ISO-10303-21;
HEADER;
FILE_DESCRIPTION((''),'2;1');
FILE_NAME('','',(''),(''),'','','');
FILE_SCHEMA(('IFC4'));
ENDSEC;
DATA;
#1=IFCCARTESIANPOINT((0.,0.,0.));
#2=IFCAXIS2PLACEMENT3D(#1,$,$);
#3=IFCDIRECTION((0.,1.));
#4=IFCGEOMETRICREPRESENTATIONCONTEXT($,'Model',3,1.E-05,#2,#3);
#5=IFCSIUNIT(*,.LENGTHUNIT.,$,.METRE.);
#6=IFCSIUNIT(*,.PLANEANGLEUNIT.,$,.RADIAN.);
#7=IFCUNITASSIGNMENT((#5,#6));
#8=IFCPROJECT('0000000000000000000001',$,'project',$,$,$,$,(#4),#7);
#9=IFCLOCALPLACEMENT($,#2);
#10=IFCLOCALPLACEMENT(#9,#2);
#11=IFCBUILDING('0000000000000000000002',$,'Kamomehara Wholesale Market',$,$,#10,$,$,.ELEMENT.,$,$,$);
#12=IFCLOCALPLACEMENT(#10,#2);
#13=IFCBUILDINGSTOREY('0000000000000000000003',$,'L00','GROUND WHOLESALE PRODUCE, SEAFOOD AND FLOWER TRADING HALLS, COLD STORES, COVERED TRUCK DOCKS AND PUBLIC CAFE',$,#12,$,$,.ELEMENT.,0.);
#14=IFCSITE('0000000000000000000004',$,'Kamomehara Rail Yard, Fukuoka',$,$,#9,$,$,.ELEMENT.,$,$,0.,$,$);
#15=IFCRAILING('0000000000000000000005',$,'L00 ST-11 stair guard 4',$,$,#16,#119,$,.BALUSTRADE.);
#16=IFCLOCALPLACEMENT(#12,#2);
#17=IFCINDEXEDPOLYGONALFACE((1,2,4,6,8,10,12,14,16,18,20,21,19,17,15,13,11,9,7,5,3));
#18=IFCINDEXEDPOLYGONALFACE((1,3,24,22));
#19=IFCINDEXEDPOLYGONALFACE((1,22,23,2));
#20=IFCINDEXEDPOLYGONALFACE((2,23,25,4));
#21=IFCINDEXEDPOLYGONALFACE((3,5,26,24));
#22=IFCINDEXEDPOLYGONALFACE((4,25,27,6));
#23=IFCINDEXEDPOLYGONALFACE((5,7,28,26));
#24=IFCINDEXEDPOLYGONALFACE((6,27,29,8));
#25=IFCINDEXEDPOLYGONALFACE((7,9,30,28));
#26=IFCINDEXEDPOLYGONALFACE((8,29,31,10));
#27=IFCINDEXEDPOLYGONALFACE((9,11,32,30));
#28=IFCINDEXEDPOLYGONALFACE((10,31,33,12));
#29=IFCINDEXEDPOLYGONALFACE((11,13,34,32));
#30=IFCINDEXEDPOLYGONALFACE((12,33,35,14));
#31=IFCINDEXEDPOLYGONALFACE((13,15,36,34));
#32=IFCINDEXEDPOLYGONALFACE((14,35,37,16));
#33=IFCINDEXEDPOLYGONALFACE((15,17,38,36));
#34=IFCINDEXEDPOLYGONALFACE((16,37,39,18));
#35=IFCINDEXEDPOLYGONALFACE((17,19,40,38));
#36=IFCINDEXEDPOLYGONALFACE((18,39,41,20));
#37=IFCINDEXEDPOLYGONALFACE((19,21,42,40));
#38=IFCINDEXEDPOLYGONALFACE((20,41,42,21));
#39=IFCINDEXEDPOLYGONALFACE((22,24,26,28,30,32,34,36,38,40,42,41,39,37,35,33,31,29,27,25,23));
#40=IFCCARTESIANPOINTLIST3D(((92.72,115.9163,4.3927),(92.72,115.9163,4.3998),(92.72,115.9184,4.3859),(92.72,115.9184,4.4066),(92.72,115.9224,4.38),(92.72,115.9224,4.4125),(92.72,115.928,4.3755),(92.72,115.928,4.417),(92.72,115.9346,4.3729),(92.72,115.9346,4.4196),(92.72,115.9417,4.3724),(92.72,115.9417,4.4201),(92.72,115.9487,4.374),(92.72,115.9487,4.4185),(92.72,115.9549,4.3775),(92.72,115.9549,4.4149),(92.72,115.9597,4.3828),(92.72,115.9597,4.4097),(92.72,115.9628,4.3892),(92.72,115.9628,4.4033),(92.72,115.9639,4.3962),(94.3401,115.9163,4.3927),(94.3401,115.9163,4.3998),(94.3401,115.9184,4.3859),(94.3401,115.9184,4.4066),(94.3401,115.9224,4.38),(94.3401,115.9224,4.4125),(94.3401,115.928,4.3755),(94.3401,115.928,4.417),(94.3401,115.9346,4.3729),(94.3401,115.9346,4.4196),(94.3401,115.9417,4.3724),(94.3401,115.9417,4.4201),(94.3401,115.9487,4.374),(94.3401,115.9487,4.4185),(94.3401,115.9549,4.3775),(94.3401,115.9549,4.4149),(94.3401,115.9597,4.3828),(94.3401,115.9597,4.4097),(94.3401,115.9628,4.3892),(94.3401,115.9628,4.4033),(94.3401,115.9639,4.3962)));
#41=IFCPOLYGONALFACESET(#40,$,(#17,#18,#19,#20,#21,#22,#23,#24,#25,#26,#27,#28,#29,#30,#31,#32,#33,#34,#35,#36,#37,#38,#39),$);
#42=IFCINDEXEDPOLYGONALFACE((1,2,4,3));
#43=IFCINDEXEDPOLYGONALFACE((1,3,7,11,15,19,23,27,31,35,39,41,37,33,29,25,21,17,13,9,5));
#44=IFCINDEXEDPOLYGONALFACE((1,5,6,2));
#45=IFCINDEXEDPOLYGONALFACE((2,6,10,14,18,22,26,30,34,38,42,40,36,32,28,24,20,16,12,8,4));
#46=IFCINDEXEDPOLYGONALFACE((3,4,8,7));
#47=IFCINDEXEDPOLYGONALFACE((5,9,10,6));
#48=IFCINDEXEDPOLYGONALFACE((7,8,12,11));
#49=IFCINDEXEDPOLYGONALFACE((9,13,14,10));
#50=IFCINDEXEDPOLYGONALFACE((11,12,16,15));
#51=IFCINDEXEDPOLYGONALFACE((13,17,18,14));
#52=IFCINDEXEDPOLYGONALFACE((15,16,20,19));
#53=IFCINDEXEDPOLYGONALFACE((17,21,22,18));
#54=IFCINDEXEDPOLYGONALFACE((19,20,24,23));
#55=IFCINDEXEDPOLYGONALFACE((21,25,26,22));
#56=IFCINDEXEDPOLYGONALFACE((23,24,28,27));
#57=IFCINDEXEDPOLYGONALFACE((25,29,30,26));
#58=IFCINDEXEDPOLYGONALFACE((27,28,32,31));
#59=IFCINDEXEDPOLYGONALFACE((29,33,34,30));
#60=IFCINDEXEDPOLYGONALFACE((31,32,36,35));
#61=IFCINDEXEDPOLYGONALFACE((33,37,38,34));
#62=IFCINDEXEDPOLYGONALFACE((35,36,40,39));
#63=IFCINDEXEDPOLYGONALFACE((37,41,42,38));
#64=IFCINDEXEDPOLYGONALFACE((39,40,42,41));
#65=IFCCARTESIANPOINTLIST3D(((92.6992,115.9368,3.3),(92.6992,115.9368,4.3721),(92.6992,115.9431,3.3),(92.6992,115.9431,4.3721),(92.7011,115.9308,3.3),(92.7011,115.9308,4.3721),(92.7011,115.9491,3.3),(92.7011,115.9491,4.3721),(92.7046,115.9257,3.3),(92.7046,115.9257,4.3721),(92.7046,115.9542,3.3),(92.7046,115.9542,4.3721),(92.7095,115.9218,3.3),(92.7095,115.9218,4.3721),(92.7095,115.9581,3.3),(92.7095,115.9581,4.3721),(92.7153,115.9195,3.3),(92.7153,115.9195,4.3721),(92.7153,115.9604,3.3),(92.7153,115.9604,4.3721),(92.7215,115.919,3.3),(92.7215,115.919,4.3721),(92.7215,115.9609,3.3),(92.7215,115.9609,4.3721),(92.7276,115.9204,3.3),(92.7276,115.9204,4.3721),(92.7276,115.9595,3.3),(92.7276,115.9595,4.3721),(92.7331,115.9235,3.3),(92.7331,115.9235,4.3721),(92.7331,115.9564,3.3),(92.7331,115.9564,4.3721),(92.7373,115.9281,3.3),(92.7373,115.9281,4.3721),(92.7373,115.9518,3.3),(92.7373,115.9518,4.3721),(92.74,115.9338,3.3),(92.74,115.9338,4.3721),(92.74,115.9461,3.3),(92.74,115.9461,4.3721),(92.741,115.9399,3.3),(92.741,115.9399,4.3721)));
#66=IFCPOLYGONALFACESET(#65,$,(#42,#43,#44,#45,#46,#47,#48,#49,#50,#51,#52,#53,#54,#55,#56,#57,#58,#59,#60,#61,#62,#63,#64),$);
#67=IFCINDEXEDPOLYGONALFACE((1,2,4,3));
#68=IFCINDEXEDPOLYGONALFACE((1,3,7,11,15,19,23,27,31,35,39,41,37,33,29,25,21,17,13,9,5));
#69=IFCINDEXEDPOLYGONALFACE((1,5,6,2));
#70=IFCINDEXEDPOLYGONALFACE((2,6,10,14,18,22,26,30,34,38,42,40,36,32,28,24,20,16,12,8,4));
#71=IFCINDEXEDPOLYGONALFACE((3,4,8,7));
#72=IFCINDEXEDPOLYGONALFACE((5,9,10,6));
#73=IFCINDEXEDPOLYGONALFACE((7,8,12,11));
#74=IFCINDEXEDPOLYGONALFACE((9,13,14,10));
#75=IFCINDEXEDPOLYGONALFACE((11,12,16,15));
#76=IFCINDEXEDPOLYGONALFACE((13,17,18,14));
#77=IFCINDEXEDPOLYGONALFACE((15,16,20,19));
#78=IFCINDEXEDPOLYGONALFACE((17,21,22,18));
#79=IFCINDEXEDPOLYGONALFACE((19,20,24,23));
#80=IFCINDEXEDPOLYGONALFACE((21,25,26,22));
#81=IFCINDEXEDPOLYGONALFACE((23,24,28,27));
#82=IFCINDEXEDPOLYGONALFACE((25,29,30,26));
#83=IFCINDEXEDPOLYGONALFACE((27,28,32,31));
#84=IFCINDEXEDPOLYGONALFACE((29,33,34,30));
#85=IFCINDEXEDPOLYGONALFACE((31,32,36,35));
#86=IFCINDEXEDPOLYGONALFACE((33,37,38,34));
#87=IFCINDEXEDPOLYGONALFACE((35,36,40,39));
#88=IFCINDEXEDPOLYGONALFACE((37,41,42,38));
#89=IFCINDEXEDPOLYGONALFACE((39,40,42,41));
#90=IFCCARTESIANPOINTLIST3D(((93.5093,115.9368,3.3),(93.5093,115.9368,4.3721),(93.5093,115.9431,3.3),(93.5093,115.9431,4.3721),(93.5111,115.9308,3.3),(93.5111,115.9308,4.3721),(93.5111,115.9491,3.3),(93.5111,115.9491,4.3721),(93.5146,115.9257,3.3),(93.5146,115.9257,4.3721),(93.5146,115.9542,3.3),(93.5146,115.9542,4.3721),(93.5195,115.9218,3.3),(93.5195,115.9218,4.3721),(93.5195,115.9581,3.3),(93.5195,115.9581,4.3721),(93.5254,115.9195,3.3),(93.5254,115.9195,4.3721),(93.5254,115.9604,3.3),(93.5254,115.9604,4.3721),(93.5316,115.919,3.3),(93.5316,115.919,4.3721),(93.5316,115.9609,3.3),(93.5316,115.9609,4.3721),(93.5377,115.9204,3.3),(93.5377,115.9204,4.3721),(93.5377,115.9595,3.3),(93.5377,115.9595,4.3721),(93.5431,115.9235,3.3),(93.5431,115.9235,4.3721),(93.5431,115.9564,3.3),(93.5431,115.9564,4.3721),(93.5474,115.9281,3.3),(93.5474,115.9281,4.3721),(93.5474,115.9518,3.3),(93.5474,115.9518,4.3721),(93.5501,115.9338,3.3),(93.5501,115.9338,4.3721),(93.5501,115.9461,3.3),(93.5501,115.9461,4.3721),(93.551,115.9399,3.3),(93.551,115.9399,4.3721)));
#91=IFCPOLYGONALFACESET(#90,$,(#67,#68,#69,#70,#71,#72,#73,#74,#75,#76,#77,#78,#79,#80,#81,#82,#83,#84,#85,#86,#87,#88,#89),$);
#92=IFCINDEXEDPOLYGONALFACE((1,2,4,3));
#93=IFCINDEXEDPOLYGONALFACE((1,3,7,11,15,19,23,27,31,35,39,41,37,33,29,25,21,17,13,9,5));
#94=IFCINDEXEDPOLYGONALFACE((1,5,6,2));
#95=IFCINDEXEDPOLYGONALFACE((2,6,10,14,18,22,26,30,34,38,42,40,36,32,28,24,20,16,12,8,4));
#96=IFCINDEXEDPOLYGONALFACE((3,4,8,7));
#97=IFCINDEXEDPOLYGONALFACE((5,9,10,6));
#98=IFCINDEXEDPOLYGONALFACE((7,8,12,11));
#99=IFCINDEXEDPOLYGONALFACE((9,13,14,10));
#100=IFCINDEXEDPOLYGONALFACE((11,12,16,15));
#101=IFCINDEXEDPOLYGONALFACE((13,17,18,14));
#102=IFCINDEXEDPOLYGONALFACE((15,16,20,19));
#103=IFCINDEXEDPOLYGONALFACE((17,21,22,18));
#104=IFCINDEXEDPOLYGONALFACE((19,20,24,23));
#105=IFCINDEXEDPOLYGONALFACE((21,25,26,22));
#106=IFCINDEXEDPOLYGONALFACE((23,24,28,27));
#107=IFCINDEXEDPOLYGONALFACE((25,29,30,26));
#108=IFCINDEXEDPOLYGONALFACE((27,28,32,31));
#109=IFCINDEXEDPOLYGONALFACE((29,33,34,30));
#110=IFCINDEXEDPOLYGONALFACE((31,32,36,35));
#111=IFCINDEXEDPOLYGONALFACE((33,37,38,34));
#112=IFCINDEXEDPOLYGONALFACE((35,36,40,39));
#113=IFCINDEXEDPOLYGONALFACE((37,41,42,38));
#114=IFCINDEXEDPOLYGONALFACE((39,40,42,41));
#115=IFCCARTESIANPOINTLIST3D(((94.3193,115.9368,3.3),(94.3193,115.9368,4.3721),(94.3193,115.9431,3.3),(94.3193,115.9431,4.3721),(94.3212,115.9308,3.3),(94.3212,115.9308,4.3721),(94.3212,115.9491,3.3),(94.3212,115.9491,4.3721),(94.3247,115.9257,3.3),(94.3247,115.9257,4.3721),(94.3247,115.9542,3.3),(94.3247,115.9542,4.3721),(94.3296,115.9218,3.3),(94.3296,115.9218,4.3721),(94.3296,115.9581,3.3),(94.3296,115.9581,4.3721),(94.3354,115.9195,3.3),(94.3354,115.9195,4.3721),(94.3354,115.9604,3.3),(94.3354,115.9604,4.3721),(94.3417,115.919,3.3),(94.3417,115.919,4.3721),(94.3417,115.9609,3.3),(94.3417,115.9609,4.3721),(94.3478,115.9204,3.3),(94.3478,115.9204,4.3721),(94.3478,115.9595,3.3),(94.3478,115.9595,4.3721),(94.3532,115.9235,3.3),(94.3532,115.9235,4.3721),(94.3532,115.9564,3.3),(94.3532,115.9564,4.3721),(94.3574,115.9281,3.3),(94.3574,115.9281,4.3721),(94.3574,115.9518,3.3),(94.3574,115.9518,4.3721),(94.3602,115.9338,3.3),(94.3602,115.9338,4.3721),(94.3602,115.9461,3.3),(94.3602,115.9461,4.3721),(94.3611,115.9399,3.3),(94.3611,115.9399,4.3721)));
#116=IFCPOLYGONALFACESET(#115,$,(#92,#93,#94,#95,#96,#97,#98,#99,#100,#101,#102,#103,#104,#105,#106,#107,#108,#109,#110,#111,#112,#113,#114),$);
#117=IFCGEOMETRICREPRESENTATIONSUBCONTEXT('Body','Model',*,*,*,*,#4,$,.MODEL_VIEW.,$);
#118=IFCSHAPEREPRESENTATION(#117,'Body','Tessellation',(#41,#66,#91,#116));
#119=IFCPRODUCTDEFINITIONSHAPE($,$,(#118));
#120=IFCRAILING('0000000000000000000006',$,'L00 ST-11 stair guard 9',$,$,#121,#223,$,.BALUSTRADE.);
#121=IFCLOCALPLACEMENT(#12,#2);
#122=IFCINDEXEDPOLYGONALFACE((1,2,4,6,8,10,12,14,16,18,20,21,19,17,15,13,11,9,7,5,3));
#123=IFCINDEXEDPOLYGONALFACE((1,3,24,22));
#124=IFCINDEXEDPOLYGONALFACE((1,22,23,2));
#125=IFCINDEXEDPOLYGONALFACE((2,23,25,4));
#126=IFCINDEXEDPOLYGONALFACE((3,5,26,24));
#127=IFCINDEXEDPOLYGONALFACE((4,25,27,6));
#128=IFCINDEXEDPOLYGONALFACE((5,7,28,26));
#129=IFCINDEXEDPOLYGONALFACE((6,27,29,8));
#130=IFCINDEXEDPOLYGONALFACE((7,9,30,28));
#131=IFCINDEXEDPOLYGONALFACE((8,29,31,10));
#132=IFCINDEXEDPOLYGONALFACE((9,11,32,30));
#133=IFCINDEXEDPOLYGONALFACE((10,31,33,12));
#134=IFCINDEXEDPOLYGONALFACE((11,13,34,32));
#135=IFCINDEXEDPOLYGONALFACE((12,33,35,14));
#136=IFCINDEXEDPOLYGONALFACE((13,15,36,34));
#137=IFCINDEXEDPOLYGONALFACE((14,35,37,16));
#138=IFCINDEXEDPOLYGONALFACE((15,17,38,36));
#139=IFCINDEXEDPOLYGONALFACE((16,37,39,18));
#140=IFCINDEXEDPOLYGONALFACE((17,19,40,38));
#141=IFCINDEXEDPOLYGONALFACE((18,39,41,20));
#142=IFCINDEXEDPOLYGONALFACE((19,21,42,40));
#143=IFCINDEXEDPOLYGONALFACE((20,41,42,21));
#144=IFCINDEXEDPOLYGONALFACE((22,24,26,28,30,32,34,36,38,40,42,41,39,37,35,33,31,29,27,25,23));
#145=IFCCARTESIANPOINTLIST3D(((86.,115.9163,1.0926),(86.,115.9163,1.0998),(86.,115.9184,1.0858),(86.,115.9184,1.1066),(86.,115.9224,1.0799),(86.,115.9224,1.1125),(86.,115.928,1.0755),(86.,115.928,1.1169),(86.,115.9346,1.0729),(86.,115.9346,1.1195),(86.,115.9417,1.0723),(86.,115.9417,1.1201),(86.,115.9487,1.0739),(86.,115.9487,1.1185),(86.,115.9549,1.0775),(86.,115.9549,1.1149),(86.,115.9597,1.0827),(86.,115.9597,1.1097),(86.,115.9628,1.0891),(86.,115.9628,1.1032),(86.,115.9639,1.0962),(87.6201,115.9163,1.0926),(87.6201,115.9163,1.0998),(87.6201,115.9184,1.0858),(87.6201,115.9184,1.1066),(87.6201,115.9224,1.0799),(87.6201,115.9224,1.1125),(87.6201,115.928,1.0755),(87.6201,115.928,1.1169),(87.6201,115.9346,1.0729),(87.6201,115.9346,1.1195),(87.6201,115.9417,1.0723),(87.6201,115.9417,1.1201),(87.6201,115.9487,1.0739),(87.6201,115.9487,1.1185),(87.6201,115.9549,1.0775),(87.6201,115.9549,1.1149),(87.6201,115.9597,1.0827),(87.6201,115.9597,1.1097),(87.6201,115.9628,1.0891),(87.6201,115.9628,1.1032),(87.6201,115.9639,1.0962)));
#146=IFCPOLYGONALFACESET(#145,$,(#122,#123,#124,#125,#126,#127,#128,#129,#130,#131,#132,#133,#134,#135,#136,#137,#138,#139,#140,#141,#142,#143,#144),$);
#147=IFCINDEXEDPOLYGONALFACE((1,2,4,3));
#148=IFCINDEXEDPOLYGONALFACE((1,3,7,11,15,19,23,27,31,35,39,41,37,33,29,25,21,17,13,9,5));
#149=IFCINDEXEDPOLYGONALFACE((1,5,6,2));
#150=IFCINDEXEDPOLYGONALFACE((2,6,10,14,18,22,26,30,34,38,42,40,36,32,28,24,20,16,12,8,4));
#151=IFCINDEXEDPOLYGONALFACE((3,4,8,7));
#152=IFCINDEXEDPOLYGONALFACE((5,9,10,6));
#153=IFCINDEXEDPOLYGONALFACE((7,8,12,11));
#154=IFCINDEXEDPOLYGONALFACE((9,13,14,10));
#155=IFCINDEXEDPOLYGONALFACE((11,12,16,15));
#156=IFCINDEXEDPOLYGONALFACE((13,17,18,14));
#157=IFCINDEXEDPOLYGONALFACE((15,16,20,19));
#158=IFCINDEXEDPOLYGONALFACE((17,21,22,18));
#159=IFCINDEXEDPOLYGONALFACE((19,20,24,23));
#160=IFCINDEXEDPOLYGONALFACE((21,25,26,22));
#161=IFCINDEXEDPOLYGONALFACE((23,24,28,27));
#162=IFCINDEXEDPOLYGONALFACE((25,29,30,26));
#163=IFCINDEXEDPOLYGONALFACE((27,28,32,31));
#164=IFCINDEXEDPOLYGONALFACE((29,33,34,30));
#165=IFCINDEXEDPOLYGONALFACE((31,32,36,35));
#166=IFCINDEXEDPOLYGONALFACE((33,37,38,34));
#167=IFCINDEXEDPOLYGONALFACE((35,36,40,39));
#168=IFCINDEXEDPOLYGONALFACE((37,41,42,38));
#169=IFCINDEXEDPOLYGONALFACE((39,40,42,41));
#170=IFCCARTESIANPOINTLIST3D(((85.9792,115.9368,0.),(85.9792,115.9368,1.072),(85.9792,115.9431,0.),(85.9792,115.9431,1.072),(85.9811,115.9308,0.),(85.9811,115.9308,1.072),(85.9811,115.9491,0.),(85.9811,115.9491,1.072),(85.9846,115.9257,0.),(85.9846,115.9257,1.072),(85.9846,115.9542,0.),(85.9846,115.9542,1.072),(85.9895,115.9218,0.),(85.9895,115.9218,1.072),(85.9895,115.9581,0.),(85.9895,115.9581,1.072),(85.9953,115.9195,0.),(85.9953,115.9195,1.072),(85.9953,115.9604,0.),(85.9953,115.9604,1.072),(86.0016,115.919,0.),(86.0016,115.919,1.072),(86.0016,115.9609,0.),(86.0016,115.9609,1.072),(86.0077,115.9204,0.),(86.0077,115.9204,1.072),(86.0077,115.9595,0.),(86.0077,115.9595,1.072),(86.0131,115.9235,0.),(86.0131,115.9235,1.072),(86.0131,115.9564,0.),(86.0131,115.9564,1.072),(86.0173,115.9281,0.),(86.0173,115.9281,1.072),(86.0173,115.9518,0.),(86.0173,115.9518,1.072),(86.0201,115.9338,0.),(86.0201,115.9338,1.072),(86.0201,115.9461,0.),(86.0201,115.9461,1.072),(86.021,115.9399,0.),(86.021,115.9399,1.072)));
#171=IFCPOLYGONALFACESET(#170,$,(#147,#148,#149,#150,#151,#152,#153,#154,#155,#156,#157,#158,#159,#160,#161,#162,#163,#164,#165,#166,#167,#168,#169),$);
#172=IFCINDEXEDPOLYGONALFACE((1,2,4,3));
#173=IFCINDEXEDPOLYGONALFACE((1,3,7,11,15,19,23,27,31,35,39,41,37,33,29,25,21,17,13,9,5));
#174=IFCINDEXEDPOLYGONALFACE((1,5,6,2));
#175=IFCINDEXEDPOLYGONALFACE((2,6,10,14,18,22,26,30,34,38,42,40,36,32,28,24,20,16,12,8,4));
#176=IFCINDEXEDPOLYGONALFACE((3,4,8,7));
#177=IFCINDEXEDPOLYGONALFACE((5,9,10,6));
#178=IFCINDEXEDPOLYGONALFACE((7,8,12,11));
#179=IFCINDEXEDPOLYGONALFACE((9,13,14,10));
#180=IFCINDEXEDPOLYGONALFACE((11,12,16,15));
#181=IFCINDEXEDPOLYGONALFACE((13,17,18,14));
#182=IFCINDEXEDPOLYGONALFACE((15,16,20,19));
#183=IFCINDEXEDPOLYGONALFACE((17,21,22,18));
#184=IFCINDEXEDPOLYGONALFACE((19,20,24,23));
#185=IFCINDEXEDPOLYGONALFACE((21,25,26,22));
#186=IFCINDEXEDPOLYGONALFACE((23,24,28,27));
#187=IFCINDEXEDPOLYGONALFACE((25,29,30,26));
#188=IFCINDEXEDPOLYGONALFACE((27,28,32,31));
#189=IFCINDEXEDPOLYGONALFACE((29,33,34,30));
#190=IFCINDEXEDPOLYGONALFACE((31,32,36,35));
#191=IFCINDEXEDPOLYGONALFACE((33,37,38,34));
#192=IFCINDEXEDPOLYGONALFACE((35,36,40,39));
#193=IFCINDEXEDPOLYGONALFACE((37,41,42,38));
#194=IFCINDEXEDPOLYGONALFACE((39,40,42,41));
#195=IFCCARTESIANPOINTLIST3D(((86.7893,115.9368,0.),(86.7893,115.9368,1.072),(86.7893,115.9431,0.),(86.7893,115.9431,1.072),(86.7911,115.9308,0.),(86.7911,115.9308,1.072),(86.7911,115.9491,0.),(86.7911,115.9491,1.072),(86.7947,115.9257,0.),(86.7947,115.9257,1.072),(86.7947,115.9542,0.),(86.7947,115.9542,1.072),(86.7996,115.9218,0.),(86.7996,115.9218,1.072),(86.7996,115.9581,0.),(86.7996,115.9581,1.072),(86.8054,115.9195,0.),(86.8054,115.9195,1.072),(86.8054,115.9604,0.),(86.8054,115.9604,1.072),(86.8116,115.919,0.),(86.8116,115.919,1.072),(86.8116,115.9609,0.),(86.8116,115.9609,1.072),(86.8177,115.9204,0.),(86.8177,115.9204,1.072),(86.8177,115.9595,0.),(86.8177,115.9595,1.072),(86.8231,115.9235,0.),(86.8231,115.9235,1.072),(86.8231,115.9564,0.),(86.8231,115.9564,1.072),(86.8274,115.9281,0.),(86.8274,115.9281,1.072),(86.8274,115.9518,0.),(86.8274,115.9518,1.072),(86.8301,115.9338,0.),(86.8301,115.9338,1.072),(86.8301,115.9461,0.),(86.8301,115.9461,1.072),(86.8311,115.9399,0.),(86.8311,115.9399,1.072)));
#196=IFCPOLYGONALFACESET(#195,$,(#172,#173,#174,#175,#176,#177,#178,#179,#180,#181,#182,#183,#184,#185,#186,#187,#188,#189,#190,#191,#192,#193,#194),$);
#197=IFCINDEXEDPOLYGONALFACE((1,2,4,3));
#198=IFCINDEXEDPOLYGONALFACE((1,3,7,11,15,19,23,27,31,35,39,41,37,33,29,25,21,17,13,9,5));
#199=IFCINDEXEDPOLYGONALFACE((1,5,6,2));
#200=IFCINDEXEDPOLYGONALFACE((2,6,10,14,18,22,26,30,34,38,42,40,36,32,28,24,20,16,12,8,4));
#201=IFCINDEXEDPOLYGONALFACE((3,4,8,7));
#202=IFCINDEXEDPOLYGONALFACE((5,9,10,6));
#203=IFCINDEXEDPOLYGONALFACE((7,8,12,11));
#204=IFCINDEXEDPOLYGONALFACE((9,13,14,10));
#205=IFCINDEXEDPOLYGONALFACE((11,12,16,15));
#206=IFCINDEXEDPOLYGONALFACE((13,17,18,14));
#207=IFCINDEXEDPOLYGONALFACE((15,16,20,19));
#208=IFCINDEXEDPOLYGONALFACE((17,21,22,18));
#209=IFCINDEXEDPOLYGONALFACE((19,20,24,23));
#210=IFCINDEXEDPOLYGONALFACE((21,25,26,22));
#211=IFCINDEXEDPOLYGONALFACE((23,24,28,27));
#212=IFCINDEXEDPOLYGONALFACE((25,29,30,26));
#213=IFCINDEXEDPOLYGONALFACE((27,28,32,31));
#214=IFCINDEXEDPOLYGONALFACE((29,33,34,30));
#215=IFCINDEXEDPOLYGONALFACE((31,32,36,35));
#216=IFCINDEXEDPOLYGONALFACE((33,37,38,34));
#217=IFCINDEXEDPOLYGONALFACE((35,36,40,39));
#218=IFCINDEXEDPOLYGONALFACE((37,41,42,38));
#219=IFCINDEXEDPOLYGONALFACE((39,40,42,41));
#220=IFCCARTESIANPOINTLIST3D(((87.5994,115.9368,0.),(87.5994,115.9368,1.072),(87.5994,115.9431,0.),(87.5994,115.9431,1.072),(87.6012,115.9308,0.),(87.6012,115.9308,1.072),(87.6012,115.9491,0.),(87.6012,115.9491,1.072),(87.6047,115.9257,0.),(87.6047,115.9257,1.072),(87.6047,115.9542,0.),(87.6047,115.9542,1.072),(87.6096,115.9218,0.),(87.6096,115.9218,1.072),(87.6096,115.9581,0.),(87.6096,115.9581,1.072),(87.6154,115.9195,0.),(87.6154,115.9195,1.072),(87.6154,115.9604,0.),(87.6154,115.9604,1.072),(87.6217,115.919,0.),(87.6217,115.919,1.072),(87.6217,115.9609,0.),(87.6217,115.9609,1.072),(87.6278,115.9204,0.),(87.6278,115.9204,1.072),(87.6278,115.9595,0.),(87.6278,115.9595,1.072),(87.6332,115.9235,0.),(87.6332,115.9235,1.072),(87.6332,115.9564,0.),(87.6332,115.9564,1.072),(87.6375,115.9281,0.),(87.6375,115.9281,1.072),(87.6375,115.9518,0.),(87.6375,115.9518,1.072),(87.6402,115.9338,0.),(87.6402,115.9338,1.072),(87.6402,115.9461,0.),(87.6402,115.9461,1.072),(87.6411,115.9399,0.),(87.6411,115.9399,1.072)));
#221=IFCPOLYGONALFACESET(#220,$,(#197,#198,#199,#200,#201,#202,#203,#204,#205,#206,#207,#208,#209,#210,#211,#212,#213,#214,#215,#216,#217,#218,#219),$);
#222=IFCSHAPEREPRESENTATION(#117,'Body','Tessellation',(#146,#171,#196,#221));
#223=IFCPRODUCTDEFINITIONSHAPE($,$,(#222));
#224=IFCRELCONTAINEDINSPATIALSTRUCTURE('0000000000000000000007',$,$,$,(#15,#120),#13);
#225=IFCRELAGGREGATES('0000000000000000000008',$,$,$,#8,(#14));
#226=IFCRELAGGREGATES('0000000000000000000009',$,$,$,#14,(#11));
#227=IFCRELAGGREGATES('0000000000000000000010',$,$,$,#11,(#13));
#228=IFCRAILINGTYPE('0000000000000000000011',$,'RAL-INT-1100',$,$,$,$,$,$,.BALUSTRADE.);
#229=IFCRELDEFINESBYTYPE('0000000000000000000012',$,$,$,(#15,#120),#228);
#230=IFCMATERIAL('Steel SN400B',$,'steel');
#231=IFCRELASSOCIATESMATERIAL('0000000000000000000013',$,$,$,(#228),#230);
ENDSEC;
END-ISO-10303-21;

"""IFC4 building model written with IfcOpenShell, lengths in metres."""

from ifc_helpers import new_model, si_unit, direction, frame, origin, origin_2d, place, context, subcontext, project, spatial, circle, extrude, material, type_object, element, save


model = new_model("IFC4")

# Units and contexts
model_context = context("Model", 3, precision=1e-05, world=origin(), true_north=direction((0.0, 1.0)))
body_context = subcontext(model_context, "Body", "Model", "MODEL_VIEW")
ifc_project = project(units=[si_unit("LENGTHUNIT", "METRE"), si_unit("PLANEANGLEUNIT", "RADIAN")], contexts=[model_context])

# Site, building, storey
site_placement = place(None, origin())
site = spatial("IfcSite", under=ifc_project, at=site_placement, Name="Kamomehara Rail Yard, Fukuoka", CompositionType="ELEMENT", RefElevation=0.0)
building_placement = place(site_placement, origin())
building = spatial("IfcBuilding", under=site, at=building_placement, Name="Kamomehara Wholesale Market", CompositionType="ELEMENT")
storey_placement = place(building_placement, origin())
storey = spatial("IfcBuildingStorey", under=building, at=storey_placement, Name="L00", Description="GROUND WHOLESALE PRODUCE, SEAFOOD AND FLOWER TRADING HALLS, COLD STORES, COVERED TRUCK DOCKS AND PUBLIC CAFE", CompositionType="ELEMENT", Elevation=0.0)

# Railings
ifc_material_1 = material(Name="Steel SN400B", Category="steel")
railing_type_1 = type_object("IfcRailingType", Name="RAL-INT-1100", PredefinedType="BALUSTRADE", material=ifc_material_1)
for number, where, name in (
    (1, (92.72, 115.9399, 3.3), "L00 ST-11 stair guard 4"),
    (2, (86.0, 115.9399, 0.0), "L00 ST-11 stair guard 9"),
):
    element("IfcRailing", number, at=place(storey_placement, frame(where)), inside=storey, type_object=railing_type_1, Name=name, PredefinedType="BALUSTRADE", context=body_context, shape_type="SweptSolid", body=[
        extrude(circle(Radius=0.0239, at=origin_2d()), frame((0.0, 0.0, 1.0962), z_axis=(1.0, 0.0, 0.0), x_axis=(0.0, 1.0, 0.0)), (0.0, 0.0, 1.0), 1.6201),
        extrude(circle(Radius=0.021, at=origin_2d()), origin(), (0.0, 0.0, 1.0), 1.072),
        extrude(circle(Radius=0.021, at=origin_2d()), frame((0.8101, 0.0, 0.0)), (0.0, 0.0, 1.0), 1.072),
        extrude(circle(Radius=0.021, at=origin_2d()), frame((1.6201, 0.0, 0.0)), (0.0, 0.0, 1.0), 1.072),
    ])

save(model, "model.ifc")
